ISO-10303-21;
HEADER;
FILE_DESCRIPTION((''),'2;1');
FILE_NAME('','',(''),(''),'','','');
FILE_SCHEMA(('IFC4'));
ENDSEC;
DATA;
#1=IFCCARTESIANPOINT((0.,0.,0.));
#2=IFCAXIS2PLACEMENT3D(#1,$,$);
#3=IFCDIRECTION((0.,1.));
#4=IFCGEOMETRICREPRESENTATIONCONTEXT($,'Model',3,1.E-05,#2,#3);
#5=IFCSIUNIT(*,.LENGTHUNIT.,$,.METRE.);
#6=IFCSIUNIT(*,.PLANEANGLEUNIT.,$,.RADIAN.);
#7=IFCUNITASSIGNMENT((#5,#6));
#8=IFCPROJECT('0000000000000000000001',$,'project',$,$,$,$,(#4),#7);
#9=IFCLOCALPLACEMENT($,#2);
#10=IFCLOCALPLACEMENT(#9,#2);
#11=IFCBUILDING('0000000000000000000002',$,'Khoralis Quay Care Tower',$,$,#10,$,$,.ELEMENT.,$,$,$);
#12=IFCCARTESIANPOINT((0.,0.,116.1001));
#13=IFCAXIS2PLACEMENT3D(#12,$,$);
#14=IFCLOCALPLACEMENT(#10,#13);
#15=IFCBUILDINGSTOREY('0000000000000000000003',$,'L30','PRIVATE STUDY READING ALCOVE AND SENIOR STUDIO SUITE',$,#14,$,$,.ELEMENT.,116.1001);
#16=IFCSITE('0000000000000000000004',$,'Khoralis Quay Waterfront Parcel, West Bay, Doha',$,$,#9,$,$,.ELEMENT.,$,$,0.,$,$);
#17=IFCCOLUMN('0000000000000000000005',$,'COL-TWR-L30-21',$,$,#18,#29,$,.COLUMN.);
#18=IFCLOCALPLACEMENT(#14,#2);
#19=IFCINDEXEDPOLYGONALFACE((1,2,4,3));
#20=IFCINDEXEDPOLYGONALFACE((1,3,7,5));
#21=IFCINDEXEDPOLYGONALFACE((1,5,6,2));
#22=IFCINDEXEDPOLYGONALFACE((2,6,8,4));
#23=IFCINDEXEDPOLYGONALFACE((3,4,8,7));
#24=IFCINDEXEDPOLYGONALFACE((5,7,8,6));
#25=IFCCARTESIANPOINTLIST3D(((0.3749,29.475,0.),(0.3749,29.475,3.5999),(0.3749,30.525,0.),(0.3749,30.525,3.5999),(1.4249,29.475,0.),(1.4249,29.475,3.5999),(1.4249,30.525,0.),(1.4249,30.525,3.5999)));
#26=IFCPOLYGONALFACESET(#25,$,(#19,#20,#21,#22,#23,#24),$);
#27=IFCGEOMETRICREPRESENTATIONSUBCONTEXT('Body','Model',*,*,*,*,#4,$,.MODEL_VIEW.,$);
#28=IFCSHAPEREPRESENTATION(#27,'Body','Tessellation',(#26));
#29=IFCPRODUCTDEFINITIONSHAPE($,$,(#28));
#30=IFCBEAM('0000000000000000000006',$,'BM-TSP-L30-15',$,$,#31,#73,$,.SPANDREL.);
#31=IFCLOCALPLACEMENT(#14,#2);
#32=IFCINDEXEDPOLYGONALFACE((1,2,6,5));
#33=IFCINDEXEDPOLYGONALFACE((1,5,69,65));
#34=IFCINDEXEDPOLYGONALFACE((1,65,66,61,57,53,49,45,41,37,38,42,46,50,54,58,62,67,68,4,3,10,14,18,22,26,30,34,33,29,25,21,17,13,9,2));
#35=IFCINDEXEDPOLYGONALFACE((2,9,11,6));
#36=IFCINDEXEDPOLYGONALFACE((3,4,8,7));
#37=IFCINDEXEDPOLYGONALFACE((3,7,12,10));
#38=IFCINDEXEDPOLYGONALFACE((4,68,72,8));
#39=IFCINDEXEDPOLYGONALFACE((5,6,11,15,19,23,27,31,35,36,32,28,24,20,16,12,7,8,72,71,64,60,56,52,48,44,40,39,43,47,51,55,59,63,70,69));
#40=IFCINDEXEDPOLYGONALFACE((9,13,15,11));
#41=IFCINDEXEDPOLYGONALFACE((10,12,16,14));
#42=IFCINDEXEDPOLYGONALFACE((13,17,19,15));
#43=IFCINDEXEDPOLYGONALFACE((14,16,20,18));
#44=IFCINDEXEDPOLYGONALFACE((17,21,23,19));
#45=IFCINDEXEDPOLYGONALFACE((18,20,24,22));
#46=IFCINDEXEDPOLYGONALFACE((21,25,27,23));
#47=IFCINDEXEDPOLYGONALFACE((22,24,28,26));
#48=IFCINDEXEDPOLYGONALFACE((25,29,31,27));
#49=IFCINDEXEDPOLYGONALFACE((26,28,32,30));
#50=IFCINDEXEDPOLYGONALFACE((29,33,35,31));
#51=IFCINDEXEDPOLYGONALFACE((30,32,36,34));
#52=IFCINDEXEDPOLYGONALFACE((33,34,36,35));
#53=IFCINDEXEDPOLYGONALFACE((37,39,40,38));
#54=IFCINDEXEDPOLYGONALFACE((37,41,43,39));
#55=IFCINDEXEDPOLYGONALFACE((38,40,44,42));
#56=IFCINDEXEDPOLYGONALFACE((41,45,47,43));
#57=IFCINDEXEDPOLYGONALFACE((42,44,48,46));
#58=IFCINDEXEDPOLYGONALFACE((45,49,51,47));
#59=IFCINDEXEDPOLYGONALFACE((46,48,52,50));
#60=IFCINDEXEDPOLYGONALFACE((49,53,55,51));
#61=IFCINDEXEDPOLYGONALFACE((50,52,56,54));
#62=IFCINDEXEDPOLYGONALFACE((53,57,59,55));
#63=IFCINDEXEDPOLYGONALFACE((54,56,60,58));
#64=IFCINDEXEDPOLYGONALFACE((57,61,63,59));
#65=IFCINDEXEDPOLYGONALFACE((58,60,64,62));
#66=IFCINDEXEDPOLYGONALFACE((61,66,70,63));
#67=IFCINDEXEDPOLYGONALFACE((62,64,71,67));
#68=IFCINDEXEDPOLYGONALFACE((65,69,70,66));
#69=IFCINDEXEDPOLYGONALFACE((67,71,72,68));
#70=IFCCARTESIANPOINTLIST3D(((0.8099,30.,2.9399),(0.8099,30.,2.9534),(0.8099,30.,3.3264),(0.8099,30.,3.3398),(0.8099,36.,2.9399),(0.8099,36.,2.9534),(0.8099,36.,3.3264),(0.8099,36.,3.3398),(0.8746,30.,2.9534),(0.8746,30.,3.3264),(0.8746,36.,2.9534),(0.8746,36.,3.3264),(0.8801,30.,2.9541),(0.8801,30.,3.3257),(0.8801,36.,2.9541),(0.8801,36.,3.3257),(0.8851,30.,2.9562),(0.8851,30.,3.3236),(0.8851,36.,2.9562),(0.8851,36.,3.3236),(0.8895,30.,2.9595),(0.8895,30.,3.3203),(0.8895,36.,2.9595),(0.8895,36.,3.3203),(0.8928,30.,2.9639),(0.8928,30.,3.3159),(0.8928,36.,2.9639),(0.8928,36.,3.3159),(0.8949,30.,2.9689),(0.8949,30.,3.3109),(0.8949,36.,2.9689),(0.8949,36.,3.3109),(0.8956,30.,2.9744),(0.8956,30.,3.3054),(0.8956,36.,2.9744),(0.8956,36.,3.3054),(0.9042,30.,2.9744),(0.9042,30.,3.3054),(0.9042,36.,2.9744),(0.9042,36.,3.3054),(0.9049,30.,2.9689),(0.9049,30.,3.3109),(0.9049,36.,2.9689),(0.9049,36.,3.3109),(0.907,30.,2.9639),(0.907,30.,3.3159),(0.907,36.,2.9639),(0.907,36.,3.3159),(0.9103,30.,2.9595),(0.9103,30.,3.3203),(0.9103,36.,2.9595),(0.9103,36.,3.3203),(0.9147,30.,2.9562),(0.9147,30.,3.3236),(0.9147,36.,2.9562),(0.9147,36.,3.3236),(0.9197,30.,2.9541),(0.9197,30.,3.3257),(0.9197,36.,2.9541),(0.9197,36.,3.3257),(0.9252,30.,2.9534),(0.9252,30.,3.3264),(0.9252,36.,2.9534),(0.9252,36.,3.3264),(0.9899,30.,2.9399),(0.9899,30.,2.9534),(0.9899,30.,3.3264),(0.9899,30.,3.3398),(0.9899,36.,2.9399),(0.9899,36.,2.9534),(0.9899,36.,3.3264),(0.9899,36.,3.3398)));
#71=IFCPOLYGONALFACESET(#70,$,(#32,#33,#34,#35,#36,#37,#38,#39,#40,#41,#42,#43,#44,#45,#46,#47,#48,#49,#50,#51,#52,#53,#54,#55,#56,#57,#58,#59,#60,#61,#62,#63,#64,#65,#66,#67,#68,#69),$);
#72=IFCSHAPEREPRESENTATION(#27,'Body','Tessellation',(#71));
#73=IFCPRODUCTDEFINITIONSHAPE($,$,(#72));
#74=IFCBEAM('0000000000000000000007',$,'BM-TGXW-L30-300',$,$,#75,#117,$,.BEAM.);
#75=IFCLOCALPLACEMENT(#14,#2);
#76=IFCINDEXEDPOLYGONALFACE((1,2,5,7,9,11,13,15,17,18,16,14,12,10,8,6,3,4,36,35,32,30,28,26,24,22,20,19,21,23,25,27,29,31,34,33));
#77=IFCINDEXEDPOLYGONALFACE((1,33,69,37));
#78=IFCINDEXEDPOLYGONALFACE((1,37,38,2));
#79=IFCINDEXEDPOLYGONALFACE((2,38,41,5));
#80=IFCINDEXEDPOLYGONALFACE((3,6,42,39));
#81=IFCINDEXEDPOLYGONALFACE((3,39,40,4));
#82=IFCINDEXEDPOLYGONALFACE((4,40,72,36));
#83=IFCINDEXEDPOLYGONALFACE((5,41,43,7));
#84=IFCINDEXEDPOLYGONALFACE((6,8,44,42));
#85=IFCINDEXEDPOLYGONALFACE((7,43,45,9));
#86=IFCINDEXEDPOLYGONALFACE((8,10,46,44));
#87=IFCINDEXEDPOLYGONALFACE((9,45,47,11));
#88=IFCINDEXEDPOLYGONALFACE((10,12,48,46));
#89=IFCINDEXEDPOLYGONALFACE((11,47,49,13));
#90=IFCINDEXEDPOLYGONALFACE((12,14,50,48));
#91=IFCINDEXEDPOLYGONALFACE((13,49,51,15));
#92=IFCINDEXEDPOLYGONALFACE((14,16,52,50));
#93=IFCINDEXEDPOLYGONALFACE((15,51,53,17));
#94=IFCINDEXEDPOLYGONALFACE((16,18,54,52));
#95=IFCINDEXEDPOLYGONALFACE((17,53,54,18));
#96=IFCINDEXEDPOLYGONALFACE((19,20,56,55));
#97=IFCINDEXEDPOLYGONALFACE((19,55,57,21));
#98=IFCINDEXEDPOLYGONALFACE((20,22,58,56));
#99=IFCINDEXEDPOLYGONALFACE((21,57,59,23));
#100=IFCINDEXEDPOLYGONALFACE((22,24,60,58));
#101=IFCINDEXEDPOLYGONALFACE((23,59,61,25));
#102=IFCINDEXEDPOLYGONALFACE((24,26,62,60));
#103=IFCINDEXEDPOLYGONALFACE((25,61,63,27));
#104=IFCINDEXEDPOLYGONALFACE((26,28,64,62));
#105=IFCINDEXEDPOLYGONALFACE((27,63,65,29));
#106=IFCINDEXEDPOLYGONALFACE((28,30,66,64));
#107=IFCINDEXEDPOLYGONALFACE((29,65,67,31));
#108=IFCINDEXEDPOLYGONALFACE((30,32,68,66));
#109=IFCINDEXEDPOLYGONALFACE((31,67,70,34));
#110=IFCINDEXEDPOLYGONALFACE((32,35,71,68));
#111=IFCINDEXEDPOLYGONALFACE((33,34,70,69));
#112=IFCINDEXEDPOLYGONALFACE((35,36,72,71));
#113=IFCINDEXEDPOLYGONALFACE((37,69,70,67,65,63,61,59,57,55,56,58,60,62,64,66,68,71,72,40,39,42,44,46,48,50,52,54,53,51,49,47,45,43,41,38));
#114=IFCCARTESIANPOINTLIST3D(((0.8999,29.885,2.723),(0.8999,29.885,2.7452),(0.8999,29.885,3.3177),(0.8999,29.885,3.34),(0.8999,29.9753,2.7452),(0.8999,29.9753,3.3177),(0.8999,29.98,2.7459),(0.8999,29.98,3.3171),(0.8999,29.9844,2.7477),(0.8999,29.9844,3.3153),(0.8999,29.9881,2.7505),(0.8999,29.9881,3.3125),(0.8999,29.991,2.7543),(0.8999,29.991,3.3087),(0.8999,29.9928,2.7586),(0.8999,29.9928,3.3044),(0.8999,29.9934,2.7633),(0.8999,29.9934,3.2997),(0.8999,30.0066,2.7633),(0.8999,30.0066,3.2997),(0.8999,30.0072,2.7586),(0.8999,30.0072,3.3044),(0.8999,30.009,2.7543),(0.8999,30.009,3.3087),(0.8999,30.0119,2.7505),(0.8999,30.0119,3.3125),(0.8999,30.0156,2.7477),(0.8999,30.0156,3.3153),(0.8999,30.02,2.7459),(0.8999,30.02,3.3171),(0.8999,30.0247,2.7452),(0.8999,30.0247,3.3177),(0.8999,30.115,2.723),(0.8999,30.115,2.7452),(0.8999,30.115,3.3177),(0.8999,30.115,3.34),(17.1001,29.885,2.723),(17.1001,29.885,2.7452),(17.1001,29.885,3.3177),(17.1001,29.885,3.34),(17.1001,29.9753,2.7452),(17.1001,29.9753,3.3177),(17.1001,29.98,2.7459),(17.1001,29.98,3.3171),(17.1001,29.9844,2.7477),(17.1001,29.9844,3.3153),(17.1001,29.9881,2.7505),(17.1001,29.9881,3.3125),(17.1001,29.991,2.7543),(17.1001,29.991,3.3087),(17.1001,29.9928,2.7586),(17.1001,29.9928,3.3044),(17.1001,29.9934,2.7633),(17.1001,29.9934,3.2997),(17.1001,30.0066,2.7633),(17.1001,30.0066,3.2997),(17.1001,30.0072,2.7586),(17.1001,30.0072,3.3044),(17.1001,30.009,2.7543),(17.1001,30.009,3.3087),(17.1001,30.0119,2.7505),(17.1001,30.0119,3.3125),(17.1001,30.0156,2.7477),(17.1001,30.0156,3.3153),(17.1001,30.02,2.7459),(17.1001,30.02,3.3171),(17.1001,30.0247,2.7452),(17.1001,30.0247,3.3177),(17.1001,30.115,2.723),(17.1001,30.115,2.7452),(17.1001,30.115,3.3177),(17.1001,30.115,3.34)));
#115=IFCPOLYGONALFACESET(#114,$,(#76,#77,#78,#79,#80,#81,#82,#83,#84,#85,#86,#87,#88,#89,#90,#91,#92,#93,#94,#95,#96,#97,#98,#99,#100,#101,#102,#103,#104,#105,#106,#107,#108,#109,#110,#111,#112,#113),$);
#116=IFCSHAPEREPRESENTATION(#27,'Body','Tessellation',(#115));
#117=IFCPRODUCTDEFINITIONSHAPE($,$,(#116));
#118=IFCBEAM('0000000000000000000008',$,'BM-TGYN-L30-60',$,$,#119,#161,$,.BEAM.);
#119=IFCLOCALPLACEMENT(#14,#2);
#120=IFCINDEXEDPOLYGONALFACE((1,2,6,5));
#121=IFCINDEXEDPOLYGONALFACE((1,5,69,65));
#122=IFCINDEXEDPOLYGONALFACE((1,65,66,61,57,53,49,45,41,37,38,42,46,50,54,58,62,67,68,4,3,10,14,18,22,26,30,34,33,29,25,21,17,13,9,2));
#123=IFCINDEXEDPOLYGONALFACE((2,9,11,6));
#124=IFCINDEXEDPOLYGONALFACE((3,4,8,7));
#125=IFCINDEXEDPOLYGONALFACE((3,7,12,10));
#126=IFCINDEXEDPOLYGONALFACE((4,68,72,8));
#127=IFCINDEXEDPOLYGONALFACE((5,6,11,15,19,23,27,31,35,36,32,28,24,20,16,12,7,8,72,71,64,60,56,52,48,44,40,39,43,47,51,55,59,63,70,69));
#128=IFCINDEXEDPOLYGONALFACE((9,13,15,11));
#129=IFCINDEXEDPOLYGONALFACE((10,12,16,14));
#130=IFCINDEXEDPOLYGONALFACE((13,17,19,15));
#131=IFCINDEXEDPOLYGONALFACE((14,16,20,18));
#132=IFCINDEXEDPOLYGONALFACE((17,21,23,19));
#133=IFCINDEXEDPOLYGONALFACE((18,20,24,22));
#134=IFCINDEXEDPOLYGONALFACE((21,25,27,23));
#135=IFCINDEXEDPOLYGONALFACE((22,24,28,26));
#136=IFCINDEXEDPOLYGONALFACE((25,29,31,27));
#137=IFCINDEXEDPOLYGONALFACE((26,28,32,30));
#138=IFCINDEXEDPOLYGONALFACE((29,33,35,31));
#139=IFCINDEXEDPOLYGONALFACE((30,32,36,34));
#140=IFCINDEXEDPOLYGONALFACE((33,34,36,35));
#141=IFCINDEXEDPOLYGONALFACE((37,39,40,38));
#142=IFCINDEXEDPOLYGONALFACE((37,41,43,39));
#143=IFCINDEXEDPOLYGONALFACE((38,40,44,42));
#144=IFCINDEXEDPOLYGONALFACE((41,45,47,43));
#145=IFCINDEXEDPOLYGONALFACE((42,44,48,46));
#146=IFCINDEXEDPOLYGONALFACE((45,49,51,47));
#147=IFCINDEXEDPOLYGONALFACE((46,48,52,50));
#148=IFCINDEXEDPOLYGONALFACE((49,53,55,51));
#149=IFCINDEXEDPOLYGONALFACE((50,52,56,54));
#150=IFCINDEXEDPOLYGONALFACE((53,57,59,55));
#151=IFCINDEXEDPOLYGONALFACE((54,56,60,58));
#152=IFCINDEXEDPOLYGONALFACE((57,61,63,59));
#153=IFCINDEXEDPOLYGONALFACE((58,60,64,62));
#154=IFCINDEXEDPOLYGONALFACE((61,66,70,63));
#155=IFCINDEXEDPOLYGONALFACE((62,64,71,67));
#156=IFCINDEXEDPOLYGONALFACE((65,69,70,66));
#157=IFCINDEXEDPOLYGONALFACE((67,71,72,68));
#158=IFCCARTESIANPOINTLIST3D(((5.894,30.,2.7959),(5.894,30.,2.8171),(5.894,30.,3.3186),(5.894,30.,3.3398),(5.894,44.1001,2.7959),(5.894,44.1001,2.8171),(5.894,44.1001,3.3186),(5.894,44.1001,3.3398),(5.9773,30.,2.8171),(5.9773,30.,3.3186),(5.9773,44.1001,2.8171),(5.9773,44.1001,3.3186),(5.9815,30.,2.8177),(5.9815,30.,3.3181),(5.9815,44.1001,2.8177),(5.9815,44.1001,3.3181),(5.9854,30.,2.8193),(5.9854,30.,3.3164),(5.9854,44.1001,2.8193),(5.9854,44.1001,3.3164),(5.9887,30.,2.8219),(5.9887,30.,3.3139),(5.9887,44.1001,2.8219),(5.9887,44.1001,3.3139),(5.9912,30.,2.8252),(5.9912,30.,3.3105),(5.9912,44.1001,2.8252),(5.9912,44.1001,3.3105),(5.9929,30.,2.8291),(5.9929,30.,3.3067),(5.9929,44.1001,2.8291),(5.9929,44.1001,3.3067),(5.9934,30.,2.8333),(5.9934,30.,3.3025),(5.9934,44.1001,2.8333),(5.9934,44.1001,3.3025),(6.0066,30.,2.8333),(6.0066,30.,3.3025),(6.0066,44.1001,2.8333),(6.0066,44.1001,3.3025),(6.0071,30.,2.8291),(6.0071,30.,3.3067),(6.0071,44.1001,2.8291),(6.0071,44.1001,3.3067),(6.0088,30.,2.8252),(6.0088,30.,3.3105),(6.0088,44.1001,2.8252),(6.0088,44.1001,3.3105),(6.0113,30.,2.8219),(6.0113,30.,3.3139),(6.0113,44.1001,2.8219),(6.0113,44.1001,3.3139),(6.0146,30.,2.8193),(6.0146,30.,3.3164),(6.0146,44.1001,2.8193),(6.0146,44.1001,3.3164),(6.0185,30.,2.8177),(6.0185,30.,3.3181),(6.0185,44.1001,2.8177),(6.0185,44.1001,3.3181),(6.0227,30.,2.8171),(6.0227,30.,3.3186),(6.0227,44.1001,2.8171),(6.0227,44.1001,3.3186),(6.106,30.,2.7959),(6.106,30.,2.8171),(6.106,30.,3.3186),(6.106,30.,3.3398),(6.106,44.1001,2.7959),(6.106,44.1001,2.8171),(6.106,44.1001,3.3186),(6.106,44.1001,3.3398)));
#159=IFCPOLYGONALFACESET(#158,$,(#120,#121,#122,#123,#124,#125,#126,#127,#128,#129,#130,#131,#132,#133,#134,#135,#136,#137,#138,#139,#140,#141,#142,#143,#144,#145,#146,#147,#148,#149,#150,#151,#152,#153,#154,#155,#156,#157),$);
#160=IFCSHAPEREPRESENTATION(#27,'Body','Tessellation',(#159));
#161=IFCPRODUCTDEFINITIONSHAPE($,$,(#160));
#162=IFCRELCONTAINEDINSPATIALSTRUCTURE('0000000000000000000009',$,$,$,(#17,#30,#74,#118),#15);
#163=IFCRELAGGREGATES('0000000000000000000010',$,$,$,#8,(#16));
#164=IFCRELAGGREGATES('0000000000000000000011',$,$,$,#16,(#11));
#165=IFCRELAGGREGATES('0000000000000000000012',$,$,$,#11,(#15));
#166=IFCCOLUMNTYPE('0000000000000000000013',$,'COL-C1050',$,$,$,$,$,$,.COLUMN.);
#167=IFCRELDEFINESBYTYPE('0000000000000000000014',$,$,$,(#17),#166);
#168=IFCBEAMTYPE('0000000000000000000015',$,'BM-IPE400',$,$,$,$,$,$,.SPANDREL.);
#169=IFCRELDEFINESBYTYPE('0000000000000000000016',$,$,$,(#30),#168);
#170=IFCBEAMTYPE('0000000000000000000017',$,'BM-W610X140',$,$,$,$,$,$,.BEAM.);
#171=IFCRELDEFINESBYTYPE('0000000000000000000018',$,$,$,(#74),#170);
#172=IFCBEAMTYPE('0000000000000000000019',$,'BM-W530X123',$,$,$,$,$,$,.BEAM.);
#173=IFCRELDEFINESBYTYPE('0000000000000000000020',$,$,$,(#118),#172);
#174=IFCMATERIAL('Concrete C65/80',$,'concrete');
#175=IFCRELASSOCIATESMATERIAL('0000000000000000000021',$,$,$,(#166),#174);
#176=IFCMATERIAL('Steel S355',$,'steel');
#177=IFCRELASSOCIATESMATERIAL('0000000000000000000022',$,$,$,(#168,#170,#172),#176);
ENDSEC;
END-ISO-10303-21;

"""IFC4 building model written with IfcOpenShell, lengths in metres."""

from ifc_helpers import new_model, si_unit, direction, frame, origin, origin_2d, place, context, subcontext, project, spatial, rectangle, i_section, extrude, source, transform, mapped, material, material_profile, profile_set, type_object, element, save


model = new_model("IFC4")

# Units and contexts
model_context = context("Model", 3, precision=1e-05, world=origin(), true_north=direction((0.0, 1.0)))
body_context = subcontext(model_context, "Body", "Model", "MODEL_VIEW")
ifc_project = project(units=[si_unit("LENGTHUNIT", "METRE"), si_unit("PLANEANGLEUNIT", "RADIAN")], contexts=[model_context])

# Site, building, storey
site_placement = place(None, origin())
site = spatial("IfcSite", under=ifc_project, at=site_placement, Name="Khoralis Quay Waterfront Parcel, West Bay, Doha", CompositionType="ELEMENT", RefElevation=0.0)
building_placement = place(site_placement, origin())
building = spatial("IfcBuilding", under=site, at=building_placement, Name="Khoralis Quay Care Tower", CompositionType="ELEMENT")
storey_placement = place(building_placement, frame((0.0, 0.0, 116.1001)))
storey = spatial("IfcBuildingStorey", under=building, at=storey_placement, Name="L30", Description="PRIVATE STUDY READING ALCOVE AND SENIOR STUDIO SUITE", CompositionType="ELEMENT", Elevation=116.1001)

# Column
ifc_material_1 = material(Name="Concrete C65/80", Category="concrete")
ifc_material_profile_1 = material_profile(ifc_material_1, rectangle(XDim=1.05, YDim=1.05, at=origin_2d()), Name="Concrete C65/80")
ifc_profile_set_1 = profile_set([ifc_material_profile_1], Name="Concrete C65/80")
column_type = type_object("IfcColumnType", Name="COL-C1050", PredefinedType="COLUMN", material=ifc_profile_set_1)
shared_shape_1 = source(origin(), body_context, "Body", "SweptSolid", [
    extrude(rectangle(XDim=1.05, YDim=1.05, at=origin_2d()), origin(), (0.0, 0.0, 1.0), 3.5999),
])
column_placement = place(storey_placement, frame((0.8999, 30.0, 0.0), z_axis=(0.0, 0.0, 1.0), x_axis=(1.0, 0.0, 0.0)))
element("IfcColumn", 1, at=column_placement, inside=storey, type_object=column_type, Name="COL-TWR-L30-21", PredefinedType="COLUMN", context=body_context, shape_type="MappedRepresentation", body=[
    mapped(shared_shape_1, transform((0.0, 0.0, 0.0), scale=1.0)),
])

# Beams
ifc_material_2 = material(Name="Steel S355", Category="steel")
ifc_material_profile_2 = material_profile(ifc_material_2, i_section(OverallWidth=0.1799, OverallDepth=0.3999, WebThickness=0.0085, FlangeThickness=0.0134, FilletRadius=0.021, at=origin_2d()), Name="Steel S355")
ifc_profile_set_2 = profile_set([ifc_material_profile_2], Name="Steel S355")
beam_type_1 = type_object("IfcBeamType", Name="BM-IPE400", PredefinedType="SPANDREL", material=ifc_profile_set_2)
shared_shape_2 = source(origin(), body_context, "Body", "SweptSolid", [
    extrude(i_section(OverallWidth=0.1799, OverallDepth=0.3999, WebThickness=0.0085, FlangeThickness=0.0134, FilletRadius=0.021, at=origin_2d()), origin(), (0.0, 0.0, 1.0), 6.0),
])
beam_1_placement = place(storey_placement, frame((0.8999, 30.0, 3.1399), z_axis=(0.0, 1.0, 0.0), x_axis=(-1.0, 0.0, 0.0)))
element("IfcBeam", 2, at=beam_1_placement, inside=storey, type_object=beam_type_1, Name="BM-TSP-L30-15", PredefinedType="SPANDREL", context=body_context, shape_type="MappedRepresentation", body=[
    mapped(shared_shape_2, transform((0.0, 0.0, 0.0), scale=1.0)),
])
ifc_material_profile_3 = material_profile(ifc_material_2, i_section(OverallWidth=0.23, OverallDepth=0.6169, WebThickness=0.0132, FlangeThickness=0.0222, FilletRadius=0.0181, at=origin_2d()), Name="Steel S355")
ifc_profile_set_3 = profile_set([ifc_material_profile_3], Name="Steel S355")
beam_type_2 = type_object("IfcBeamType", Name="BM-W610X140", PredefinedType="BEAM", material=ifc_profile_set_3)
shared_shape_3 = source(origin(), body_context, "Body", "SweptSolid", [
    extrude(i_section(OverallWidth=0.23, OverallDepth=0.6169, WebThickness=0.0132, FlangeThickness=0.0222, FilletRadius=0.0181, at=origin_2d()), origin(), (0.0, 0.0, 1.0), 16.2002),
])
beam_2_placement = place(storey_placement, frame((0.8999, 30.0, 3.0315), z_axis=(1.0, 0.0, 0.0), x_axis=(0.0, 1.0, 0.0)))
element("IfcBeam", 3, at=beam_2_placement, inside=storey, type_object=beam_type_2, Name="BM-TGXW-L30-300", PredefinedType="BEAM", context=body_context, shape_type="MappedRepresentation", body=[
    mapped(shared_shape_3, transform((0.0, 0.0, 0.0), scale=1.0)),
])
ifc_material_profile_4 = material_profile(ifc_material_2, i_section(OverallWidth=0.2119, OverallDepth=0.5439, WebThickness=0.0132, FlangeThickness=0.0212, FilletRadius=0.0161, at=origin_2d()), Name="Steel S355")
ifc_profile_set_4 = profile_set([ifc_material_profile_4], Name="Steel S355")
beam_type_3 = type_object("IfcBeamType", Name="BM-W530X123", PredefinedType="BEAM", material=ifc_profile_set_4)
shared_shape_4 = source(origin(), body_context, "Body", "SweptSolid", [
    extrude(i_section(OverallWidth=0.2119, OverallDepth=0.5439, WebThickness=0.0132, FlangeThickness=0.0212, FilletRadius=0.0161, at=origin_2d()), origin(), (0.0, 0.0, 1.0), 14.1001),
])
beam_3_placement = place(storey_placement, frame((6.0, 30.0, 3.0679), z_axis=(0.0, 1.0, 0.0), x_axis=(-1.0, 0.0, 0.0)))
element("IfcBeam", 4, at=beam_3_placement, inside=storey, type_object=beam_type_3, Name="BM-TGYN-L30-60", PredefinedType="BEAM", context=body_context, shape_type="MappedRepresentation", body=[
    mapped(shared_shape_4, transform((0.0, 0.0, 0.0), scale=1.0)),
])

save(model, "model.ifc")
